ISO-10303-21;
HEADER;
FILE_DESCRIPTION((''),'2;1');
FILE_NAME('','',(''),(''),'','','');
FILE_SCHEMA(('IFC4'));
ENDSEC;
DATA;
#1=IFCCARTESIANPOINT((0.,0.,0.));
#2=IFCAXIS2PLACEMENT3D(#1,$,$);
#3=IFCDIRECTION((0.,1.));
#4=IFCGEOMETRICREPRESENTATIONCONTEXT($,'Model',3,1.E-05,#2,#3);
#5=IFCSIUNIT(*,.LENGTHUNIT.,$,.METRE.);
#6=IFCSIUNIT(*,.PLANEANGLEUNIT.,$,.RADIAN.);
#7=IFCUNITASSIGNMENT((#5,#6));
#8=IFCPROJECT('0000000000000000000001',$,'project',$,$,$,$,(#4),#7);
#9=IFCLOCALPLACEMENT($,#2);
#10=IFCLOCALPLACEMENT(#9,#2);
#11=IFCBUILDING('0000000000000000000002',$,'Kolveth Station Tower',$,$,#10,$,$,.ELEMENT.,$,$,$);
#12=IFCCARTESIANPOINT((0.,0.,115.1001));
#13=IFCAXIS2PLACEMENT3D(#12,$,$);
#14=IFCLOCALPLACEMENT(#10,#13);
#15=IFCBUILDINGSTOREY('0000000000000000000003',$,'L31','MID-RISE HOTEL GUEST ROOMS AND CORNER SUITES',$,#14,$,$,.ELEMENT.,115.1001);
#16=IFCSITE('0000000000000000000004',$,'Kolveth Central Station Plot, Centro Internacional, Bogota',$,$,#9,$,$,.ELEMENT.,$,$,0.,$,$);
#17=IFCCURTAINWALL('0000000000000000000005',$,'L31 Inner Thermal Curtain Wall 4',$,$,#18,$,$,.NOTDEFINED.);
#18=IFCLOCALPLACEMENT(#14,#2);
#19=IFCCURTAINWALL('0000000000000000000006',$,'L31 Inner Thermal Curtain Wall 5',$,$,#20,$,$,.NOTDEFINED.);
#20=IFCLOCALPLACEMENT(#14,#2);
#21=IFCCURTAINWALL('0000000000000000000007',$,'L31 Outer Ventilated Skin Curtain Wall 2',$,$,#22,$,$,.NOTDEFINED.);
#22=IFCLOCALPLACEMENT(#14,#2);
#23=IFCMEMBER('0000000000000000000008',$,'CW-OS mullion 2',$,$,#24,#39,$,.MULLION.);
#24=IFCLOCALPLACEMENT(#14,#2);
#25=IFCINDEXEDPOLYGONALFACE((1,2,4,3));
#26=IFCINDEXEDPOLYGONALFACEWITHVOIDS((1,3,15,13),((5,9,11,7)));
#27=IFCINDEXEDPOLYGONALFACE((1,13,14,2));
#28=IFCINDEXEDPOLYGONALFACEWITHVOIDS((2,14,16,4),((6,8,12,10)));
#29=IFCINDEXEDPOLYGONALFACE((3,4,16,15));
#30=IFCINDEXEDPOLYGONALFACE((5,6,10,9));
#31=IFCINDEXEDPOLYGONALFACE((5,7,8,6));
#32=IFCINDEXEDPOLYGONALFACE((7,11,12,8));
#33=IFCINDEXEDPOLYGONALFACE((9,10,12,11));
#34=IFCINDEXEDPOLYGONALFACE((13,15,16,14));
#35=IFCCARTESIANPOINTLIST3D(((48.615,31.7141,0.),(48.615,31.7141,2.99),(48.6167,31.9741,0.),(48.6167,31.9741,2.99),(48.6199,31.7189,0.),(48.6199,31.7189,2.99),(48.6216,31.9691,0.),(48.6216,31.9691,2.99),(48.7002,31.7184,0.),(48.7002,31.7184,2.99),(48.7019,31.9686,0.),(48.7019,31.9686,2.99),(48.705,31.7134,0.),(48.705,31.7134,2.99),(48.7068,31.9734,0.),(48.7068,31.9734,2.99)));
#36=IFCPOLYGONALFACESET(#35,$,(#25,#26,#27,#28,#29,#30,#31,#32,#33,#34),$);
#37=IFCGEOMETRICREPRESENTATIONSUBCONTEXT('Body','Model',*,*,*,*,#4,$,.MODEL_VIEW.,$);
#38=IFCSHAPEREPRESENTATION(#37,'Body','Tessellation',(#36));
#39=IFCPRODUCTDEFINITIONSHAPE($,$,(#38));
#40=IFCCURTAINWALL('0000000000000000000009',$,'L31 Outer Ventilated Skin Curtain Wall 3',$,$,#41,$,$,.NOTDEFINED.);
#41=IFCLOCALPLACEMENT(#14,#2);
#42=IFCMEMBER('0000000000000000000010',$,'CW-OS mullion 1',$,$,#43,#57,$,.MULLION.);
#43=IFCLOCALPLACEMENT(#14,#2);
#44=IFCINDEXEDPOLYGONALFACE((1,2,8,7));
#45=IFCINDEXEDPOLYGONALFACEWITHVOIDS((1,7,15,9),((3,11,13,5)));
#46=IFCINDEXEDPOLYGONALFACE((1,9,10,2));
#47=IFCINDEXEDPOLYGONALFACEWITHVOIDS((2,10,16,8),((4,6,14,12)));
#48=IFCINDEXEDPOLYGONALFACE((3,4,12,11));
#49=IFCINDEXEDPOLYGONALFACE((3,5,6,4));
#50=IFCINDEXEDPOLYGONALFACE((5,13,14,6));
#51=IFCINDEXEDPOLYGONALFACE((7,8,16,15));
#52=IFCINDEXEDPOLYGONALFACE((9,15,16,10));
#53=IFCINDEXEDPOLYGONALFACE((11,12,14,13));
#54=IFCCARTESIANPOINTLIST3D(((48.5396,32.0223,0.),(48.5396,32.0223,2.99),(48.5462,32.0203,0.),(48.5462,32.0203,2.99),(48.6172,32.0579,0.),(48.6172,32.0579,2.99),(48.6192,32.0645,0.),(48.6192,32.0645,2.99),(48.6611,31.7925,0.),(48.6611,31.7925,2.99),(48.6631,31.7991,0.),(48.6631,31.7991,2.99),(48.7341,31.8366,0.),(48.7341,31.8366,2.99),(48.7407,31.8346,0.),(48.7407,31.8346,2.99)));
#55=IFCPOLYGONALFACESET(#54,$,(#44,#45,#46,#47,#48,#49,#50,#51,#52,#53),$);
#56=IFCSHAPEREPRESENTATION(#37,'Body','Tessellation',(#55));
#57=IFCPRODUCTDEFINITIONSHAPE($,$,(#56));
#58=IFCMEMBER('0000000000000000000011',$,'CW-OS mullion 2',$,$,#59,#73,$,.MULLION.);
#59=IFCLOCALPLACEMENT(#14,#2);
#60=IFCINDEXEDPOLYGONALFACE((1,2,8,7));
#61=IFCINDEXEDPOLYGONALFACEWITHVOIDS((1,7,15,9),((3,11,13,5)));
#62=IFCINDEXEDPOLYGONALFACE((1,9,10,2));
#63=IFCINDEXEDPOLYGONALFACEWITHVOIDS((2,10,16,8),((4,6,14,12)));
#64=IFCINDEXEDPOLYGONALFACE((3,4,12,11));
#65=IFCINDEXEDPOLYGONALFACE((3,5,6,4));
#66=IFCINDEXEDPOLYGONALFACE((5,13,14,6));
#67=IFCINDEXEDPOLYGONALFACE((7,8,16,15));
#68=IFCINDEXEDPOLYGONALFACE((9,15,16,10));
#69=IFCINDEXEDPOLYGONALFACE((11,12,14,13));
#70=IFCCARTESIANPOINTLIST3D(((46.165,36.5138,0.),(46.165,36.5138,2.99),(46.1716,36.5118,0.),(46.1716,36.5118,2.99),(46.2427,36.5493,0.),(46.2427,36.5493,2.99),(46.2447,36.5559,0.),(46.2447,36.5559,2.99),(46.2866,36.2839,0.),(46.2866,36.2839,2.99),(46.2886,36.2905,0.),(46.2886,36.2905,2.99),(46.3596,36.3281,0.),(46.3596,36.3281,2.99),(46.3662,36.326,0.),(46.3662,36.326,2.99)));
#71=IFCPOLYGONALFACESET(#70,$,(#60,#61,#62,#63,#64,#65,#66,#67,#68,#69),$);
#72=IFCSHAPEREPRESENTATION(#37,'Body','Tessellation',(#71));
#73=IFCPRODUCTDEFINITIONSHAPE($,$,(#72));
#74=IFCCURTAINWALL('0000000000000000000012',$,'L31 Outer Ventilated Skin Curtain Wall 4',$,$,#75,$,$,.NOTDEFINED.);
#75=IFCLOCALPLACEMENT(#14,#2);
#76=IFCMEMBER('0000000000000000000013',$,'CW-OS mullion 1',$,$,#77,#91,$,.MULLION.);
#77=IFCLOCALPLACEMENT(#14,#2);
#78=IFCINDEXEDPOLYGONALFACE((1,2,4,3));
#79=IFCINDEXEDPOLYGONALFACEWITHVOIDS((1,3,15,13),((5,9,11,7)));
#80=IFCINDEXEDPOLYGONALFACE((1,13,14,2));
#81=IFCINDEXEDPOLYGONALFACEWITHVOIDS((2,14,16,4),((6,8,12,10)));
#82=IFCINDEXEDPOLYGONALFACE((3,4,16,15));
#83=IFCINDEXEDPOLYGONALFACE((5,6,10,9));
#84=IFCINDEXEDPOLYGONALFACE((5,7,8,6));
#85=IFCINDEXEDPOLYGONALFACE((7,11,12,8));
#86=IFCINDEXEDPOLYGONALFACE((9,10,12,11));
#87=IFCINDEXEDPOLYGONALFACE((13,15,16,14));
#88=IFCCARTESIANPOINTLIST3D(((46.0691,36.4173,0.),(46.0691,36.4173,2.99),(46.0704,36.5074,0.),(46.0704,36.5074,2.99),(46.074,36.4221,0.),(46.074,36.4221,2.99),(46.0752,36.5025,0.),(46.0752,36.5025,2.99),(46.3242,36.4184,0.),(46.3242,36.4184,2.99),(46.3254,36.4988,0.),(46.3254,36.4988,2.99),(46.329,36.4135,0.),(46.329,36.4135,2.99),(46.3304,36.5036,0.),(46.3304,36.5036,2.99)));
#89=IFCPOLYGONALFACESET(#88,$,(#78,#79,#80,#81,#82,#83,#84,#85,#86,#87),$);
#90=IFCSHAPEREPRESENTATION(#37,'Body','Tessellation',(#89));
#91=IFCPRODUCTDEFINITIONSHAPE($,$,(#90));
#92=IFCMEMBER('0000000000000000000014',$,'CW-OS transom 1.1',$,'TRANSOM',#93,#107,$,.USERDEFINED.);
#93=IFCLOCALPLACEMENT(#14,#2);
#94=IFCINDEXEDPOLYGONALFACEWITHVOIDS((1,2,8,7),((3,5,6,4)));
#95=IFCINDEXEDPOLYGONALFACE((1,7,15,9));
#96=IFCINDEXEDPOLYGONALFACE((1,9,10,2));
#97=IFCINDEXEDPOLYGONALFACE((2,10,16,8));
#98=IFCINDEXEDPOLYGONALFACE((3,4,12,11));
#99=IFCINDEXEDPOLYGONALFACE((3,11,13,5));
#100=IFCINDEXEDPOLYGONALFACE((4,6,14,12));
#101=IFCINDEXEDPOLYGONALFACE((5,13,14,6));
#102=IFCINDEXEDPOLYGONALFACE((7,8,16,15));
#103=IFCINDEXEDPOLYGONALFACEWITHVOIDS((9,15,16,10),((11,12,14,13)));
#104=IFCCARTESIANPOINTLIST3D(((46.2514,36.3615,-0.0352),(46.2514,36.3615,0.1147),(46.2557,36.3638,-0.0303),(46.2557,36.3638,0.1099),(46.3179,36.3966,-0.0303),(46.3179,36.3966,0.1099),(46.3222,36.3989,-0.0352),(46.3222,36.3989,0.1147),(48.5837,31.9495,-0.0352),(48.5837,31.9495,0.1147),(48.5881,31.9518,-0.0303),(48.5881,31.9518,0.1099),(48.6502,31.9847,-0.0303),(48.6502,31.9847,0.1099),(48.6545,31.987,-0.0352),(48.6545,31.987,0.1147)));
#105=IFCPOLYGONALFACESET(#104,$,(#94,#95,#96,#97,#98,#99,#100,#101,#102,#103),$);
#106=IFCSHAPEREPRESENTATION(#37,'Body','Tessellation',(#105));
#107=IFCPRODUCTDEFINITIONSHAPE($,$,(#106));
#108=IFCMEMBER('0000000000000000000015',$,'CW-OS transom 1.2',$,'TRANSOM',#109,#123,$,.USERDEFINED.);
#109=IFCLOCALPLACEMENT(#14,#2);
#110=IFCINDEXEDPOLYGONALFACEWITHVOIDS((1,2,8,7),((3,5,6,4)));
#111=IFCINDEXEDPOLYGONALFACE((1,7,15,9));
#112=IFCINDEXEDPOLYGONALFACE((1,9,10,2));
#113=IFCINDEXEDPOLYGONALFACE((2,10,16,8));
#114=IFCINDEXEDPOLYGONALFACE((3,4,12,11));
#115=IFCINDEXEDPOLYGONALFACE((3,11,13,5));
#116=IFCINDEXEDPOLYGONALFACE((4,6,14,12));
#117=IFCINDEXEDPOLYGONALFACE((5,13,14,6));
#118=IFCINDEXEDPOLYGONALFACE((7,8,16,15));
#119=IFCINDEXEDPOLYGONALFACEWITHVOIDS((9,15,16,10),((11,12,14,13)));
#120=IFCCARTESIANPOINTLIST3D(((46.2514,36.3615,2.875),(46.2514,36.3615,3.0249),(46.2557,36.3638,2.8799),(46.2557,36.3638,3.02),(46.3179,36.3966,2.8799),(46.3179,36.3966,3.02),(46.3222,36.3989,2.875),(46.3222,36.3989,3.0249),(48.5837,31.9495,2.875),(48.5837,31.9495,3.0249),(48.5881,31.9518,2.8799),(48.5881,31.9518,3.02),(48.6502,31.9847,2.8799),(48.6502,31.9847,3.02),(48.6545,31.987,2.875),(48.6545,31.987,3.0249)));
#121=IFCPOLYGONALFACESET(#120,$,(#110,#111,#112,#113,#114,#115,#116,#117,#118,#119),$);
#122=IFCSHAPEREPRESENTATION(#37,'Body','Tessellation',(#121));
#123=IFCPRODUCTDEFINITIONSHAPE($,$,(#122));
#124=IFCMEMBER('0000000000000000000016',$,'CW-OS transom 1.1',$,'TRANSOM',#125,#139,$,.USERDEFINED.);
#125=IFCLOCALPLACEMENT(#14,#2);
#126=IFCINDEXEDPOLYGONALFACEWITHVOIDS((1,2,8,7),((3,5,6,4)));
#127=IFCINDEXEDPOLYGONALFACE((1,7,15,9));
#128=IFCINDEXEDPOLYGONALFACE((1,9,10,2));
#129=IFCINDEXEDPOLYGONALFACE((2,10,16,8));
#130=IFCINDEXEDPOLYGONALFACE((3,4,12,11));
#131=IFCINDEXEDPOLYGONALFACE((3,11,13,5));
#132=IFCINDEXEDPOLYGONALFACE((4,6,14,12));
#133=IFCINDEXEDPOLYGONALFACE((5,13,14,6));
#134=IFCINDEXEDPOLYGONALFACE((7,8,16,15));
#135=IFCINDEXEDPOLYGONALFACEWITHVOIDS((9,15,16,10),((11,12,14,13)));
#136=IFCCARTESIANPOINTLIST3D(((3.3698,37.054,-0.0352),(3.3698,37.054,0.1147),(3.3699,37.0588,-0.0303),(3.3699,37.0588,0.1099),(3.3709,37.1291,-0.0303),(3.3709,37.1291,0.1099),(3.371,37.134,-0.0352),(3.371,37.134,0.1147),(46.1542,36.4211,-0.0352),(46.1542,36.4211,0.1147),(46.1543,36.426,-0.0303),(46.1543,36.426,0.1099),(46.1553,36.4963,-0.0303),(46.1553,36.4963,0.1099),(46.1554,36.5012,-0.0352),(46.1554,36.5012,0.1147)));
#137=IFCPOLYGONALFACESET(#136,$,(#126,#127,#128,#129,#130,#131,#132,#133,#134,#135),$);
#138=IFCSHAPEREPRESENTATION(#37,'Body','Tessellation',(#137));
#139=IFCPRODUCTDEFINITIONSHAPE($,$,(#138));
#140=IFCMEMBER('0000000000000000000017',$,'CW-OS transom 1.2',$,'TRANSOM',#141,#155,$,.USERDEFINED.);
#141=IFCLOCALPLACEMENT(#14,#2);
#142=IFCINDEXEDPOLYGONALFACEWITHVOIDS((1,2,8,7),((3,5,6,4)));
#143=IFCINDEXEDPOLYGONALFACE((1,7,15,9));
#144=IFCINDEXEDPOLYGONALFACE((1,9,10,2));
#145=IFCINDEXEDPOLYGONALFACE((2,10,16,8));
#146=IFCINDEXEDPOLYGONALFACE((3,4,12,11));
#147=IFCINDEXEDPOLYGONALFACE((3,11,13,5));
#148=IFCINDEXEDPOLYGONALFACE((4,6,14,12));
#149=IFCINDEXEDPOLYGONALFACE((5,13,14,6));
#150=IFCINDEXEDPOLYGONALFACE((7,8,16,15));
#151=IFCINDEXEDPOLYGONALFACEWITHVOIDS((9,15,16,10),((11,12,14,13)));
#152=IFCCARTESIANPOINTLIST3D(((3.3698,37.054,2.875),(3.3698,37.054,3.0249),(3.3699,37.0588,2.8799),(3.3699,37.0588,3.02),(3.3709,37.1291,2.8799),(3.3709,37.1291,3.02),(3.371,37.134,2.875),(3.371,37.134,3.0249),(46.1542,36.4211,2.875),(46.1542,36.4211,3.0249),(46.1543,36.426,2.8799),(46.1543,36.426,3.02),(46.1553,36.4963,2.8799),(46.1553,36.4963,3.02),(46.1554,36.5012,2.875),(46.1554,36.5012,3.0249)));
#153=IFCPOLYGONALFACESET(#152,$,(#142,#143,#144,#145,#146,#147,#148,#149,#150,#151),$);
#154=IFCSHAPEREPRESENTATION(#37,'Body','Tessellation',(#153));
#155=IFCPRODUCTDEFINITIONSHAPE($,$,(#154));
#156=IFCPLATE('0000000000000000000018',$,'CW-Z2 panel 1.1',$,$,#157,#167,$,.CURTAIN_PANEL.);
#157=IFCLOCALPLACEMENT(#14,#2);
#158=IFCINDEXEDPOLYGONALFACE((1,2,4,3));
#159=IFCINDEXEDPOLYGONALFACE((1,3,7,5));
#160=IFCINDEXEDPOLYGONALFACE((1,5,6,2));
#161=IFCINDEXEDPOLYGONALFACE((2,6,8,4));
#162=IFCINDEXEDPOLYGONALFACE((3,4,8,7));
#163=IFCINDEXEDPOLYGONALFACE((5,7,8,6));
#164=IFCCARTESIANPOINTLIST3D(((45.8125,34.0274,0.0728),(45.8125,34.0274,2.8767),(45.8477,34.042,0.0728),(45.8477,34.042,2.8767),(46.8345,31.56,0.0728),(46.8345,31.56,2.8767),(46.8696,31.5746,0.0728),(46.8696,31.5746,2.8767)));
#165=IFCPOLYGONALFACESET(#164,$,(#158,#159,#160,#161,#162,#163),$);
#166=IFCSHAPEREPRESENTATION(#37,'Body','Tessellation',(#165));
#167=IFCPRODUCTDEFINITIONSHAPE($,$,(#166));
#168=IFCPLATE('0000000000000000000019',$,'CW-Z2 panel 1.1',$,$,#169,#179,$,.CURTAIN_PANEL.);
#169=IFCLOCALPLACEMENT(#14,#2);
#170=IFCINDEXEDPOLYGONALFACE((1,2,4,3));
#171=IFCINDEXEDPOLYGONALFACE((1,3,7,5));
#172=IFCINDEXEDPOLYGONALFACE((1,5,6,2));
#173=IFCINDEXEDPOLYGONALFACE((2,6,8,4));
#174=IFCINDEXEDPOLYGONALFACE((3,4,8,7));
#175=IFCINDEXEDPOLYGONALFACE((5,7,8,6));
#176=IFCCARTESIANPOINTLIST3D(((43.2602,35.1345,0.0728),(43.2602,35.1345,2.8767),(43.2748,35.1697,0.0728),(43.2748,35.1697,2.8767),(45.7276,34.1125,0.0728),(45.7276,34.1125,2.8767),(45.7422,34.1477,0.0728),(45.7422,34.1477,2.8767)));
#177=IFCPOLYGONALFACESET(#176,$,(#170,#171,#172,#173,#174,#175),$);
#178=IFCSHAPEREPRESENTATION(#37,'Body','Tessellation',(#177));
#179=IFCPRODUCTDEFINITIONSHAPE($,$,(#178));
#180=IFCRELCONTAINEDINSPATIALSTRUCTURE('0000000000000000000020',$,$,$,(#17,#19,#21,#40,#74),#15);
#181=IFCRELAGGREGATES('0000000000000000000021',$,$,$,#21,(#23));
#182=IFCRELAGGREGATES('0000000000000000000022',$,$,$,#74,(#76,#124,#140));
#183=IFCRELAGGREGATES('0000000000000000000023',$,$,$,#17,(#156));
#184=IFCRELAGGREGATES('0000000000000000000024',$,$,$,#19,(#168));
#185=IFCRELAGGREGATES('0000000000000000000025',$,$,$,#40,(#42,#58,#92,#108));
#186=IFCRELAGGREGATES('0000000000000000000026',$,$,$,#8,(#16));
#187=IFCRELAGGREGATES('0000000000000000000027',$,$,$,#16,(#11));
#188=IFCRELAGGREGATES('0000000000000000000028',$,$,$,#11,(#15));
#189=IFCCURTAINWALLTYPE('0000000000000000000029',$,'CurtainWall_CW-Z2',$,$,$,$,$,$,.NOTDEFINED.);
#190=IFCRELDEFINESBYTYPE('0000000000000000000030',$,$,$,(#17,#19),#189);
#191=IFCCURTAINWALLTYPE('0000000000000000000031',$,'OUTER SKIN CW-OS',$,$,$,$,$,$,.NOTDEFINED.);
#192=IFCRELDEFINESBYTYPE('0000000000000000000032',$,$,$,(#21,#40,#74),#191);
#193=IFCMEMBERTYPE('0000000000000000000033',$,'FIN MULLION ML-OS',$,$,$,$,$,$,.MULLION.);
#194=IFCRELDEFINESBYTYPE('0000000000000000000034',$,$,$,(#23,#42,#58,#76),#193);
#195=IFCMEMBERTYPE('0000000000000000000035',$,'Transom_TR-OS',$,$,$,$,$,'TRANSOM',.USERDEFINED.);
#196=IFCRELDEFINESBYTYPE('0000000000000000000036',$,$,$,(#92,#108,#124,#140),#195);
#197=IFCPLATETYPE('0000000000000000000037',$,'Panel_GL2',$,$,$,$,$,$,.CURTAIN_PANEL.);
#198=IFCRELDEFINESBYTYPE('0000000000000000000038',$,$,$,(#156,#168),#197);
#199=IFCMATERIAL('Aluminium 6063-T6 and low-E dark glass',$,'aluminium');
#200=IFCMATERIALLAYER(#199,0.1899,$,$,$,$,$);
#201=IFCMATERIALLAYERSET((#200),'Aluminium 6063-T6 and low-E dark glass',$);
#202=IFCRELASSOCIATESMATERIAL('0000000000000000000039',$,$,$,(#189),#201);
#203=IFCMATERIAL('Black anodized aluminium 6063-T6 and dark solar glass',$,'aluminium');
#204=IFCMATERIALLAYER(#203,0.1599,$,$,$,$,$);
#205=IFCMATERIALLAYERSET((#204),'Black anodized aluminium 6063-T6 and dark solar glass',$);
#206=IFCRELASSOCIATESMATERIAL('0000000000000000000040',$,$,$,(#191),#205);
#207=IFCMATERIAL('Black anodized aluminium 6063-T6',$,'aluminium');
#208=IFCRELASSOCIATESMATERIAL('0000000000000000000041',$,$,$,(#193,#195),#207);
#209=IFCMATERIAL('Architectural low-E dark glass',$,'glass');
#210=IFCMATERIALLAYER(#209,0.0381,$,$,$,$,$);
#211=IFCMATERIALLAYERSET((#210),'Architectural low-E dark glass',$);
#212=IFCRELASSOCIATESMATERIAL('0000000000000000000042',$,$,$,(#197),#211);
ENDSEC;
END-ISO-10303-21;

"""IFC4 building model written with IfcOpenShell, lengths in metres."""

from ifc_helpers import new_model, si_unit, direction, frame, origin, origin_2d, place, context, subcontext, project, spatial, rectangle, hollow_rectangle, extrude, source, transform, mapped, material, layer, layer_set, material_profile, profile_set, type_object, element, aggregate, save


model = new_model("IFC4")

# Units and contexts
model_context = context("Model", 3, precision=1e-05, world=origin(), true_north=direction((0.0, 1.0)))
body_context = subcontext(model_context, "Body", "Model", "MODEL_VIEW")
ifc_project = project(units=[si_unit("LENGTHUNIT", "METRE"), si_unit("PLANEANGLEUNIT", "RADIAN")], contexts=[model_context])

# Site, building, storey
site_placement = place(None, origin())
site = spatial("IfcSite", under=ifc_project, at=site_placement, Name="Kolveth Central Station Plot, Centro Internacional, Bogota", CompositionType="ELEMENT", RefElevation=0.0)
building_placement = place(site_placement, origin())
building = spatial("IfcBuilding", under=site, at=building_placement, Name="Kolveth Station Tower", CompositionType="ELEMENT")
storey_placement = place(building_placement, frame((0.0, 0.0, 115.1001)))
storey = spatial("IfcBuildingStorey", under=building, at=storey_placement, Name="L31", Description="MID-RISE HOTEL GUEST ROOMS AND CORNER SUITES", CompositionType="ELEMENT", Elevation=115.1001)

# Curtain wall
ifc_material_1 = material(Name="Aluminium 6063-T6 and low-E dark glass", Category="aluminium")
ifc_layer_1 = layer(ifc_material_1, 0.1899)
ifc_layer_set_1 = layer_set([ifc_layer_1], Name="Aluminium 6063-T6 and low-E dark glass")
curtain_wall_type_1 = type_object("IfcCurtainWallType", Name="CurtainWall_CW-Z2", PredefinedType="NOTDEFINED", material=ifc_layer_set_1)
curtain_wall_1_placement = place(storey_placement, origin())
curtain_wall_1 = element("IfcCurtainWall", 1, at=curtain_wall_1_placement, inside=storey, type_object=curtain_wall_type_1, Name="L31 Inner Thermal Curtain Wall 4", PredefinedType="NOTDEFINED")
ifc_material_2 = material(Name="Black anodized aluminium 6063-T6", Category="aluminium")

# Curtain wall
curtain_wall_2_placement = place(storey_placement, origin())
curtain_wall_2 = element("IfcCurtainWall", 2, at=curtain_wall_2_placement, inside=storey, type_object=curtain_wall_type_1, Name="L31 Inner Thermal Curtain Wall 5", PredefinedType="NOTDEFINED")

# Curtain wall, member
ifc_material_3 = material(Name="Black anodized aluminium 6063-T6 and dark solar glass", Category="aluminium")
ifc_layer_2 = layer(ifc_material_3, 0.1599)
ifc_layer_set_2 = layer_set([ifc_layer_2], Name="Black anodized aluminium 6063-T6 and dark solar glass")
curtain_wall_type_2 = type_object("IfcCurtainWallType", Name="OUTER SKIN CW-OS", PredefinedType="NOTDEFINED", material=ifc_layer_set_2)
curtain_wall_3_placement = place(storey_placement, origin())
curtain_wall_3 = element("IfcCurtainWall", 3, at=curtain_wall_3_placement, inside=storey, type_object=curtain_wall_type_2, Name="L31 Outer Ventilated Skin Curtain Wall 2", PredefinedType="NOTDEFINED")
ifc_material_profile_1 = material_profile(ifc_material_2, hollow_rectangle(XDim=0.0901, YDim=0.26, WallThickness=0.0049, at=origin_2d()), Name="ALU-90x260x5")
ifc_profile_set_1 = profile_set([ifc_material_profile_1], Name="Black anodized aluminium 6063-T6")
member_type_1 = type_object("IfcMemberType", Name="FIN MULLION ML-OS", PredefinedType="MULLION", material=ifc_profile_set_1)
shared_shape_1 = source(origin(), body_context, "Body", "SweptSolid", [
    extrude(hollow_rectangle(XDim=0.0901, YDim=0.26, WallThickness=0.0049, at=origin_2d()), origin(), (0.0, 0.0, 1.0), 2.99),
])
member_1_placement = place(storey_placement, frame((48.6609, 31.8438, 0.0), z_axis=(0.0, 0.0, 1.0), x_axis=(-0.999977, 0.006794, 0.0)))
member_1 = element("IfcMember", 4, at=member_1_placement, type_object=member_type_1, Name="CW-OS mullion 2", PredefinedType="MULLION", context=body_context, shape_type="MappedRepresentation", body=[
    mapped(shared_shape_1, transform((0.0, 0.0, 0.0), x_axis=(1.0, 0.0, 0.0), y_axis=(0.0, 1.0, 0.0), z_axis=(0.0, 0.0, 1.0), scale=1.0)),
])
aggregate(curtain_wall_3, [member_1])

# Curtain wall, members
curtain_wall_4_placement = place(storey_placement, origin())
curtain_wall_4 = element("IfcCurtainWall", 5, at=curtain_wall_4_placement, inside=storey, type_object=curtain_wall_type_2, Name="L31 Outer Ventilated Skin Curtain Wall 3", PredefinedType="NOTDEFINED")
member_2_placement = place(storey_placement, frame((48.6401, 31.9285, 0.0), z_axis=(0.0, 0.0, 1.0), x_axis=(-0.884075, -0.467345, 0.0)))
member_2 = element("IfcMember", 6, at=member_2_placement, type_object=member_type_1, Name="CW-OS mullion 1", PredefinedType="MULLION", context=body_context, shape_type="MappedRepresentation", body=[
    mapped(shared_shape_1, transform((0.0, 0.0, 0.0), x_axis=(1.0, 0.0, 0.0), y_axis=(0.0, 1.0, 0.0), z_axis=(0.0, 0.0, 1.0), scale=1.0)),
])
member_3_placement = place(storey_placement, frame((46.2656, 36.4199, 0.0), z_axis=(0.0, 0.0, 1.0), x_axis=(-0.884075, -0.467345, 0.0)))
member_3 = element("IfcMember", 7, at=member_3_placement, type_object=member_type_1, Name="CW-OS mullion 2", PredefinedType="MULLION", context=body_context, shape_type="MappedRepresentation", body=[
    mapped(shared_shape_1, transform((0.0, 0.0, 0.0), x_axis=(1.0, 0.0, 0.0), y_axis=(0.0, 1.0, 0.0), z_axis=(0.0, 0.0, 1.0), scale=1.0)),
])

# Curtain wall, member
curtain_wall_5_placement = place(storey_placement, origin())
curtain_wall_5 = element("IfcCurtainWall", 8, at=curtain_wall_5_placement, inside=storey, type_object=curtain_wall_type_2, Name="L31 Outer Ventilated Skin Curtain Wall 4", PredefinedType="NOTDEFINED")
member_4_placement = place(storey_placement, frame((46.1997, 36.4604, 0.0), z_axis=(0.0, 0.0, 1.0), x_axis=(-0.01479, -0.999891, 0.0)))
member_4 = element("IfcMember", 9, at=member_4_placement, type_object=member_type_1, Name="CW-OS mullion 1", PredefinedType="MULLION", context=body_context, shape_type="MappedRepresentation", body=[
    mapped(shared_shape_1, transform((0.0, 0.0, 0.0), x_axis=(1.0, 0.0, 0.0), y_axis=(0.0, 1.0, 0.0), z_axis=(0.0, 0.0, 1.0), scale=1.0)),
])

# Members
ifc_material_profile_2 = material_profile(ifc_material_2, hollow_rectangle(XDim=0.0801, YDim=0.1499, WallThickness=0.0049, at=origin_2d()), Name="ALU-80x150x5")
ifc_profile_set_2 = profile_set([ifc_material_profile_2], Name="Black anodized aluminium 6063-T6")
member_type_2 = type_object("IfcMemberType", Name="Transom_TR-OS", ElementType="TRANSOM", PredefinedType="USERDEFINED", material=ifc_profile_set_2)
shared_shape_2 = source(origin(), body_context, "Body", "SweptSolid", [
    extrude(hollow_rectangle(XDim=0.0801, YDim=0.1499, WallThickness=0.0049, at=origin_2d()), origin(), (0.0, 0.0, 1.0), 4.9905),
])
member_5_placement = place(storey_placement, frame((48.6191, 31.9683, 0.0398), z_axis=(-0.467353, 0.884071, 0.0), x_axis=(-0.884071, -0.467353, 0.0)))
member_5 = element("IfcMember", 10, at=member_5_placement, type_object=member_type_2, Name="CW-OS transom 1.1", ObjectType="TRANSOM", PredefinedType="USERDEFINED", context=body_context, shape_type="MappedRepresentation", body=[
    mapped(shared_shape_2, transform((0.0, 0.0, 0.0), x_axis=(1.0, 0.0, 0.0), y_axis=(0.0, 1.0, 0.0), z_axis=(0.0, 0.0, 1.0), scale=1.0)),
])
member_6_placement = place(storey_placement, frame((48.6191, 31.9683, 2.95), z_axis=(-0.467353, 0.884071, 0.0), x_axis=(-0.884071, -0.467353, 0.0)))
member_6 = element("IfcMember", 11, at=member_6_placement, type_object=member_type_2, Name="CW-OS transom 1.2", ObjectType="TRANSOM", PredefinedType="USERDEFINED", context=body_context, shape_type="MappedRepresentation", body=[
    mapped(shared_shape_2, transform((0.0, 0.0, 0.0), x_axis=(1.0, 0.0, 0.0), y_axis=(0.0, 1.0, 0.0), z_axis=(0.0, 0.0, 1.0), scale=1.0)),
])
shared_shape_3 = source(origin(), body_context, "Body", "SweptSolid", [
    extrude(hollow_rectangle(XDim=0.0801, YDim=0.1499, WallThickness=0.0049, at=origin_2d()), origin(), (0.0, 0.0, 1.0), 42.7891),
])
member_7_placement = place(storey_placement, frame((46.1548, 36.4612, 0.0398), z_axis=(-0.999891, 0.014789, 0.0), x_axis=(-0.014789, -0.999891, 0.0)))
member_7 = element("IfcMember", 12, at=member_7_placement, type_object=member_type_2, Name="CW-OS transom 1.1", ObjectType="TRANSOM", PredefinedType="USERDEFINED", context=body_context, shape_type="MappedRepresentation", body=[
    mapped(shared_shape_3, transform((0.0, 0.0, 0.0), x_axis=(1.0, 0.0, 0.0), y_axis=(0.0, 1.0, 0.0), z_axis=(0.0, 0.0, 1.0), scale=1.0)),
])
member_8_placement = place(storey_placement, frame((46.1548, 36.4612, 2.95), z_axis=(-0.999891, 0.014789, 0.0), x_axis=(-0.014789, -0.999891, 0.0)))
member_8 = element("IfcMember", 13, at=member_8_placement, type_object=member_type_2, Name="CW-OS transom 1.2", ObjectType="TRANSOM", PredefinedType="USERDEFINED", context=body_context, shape_type="MappedRepresentation", body=[
    mapped(shared_shape_3, transform((0.0, 0.0, 0.0), x_axis=(1.0, 0.0, 0.0), y_axis=(0.0, 1.0, 0.0), z_axis=(0.0, 0.0, 1.0), scale=1.0)),
])
aggregate(curtain_wall_5, [member_4, member_7, member_8])

# Plates
ifc_material_4 = material(Name="Architectural low-E dark glass", Category="glass")
ifc_layer_3 = layer(ifc_material_4, 0.0381)
ifc_layer_set_3 = layer_set([ifc_layer_3], Name="Architectural low-E dark glass")
plate_type_1 = type_object("IfcPlateType", Name="Panel_GL2", PredefinedType="CURTAIN_PANEL", material=ifc_layer_set_3)
shared_shape_4 = source(origin(), body_context, "Body", "SweptSolid", [
    extrude(rectangle(XDim=2.6707, YDim=0.0381, at=origin_2d()), origin(), (0.0, 0.0, 1.0), 2.804),
])
plate_1_placement = place(storey_placement, frame((46.3411, 32.801, 0.0728), z_axis=(0.0, 0.0, 1.0), x_axis=(-0.382663, 0.923888, 0.0)))
plate_1 = element("IfcPlate", 14, at=plate_1_placement, type_object=plate_type_1, Name="CW-Z2 panel 1.1", PredefinedType="CURTAIN_PANEL", context=body_context, shape_type="MappedRepresentation", body=[
    mapped(shared_shape_4, transform((0.0, 0.0, 0.0), x_axis=(1.0, 0.0, 0.0), y_axis=(0.0, 1.0, 0.0), z_axis=(0.0, 0.0, 1.0), scale=1.0)),
])
aggregate(curtain_wall_1, [plate_1])
plate_2_placement = place(storey_placement, frame((44.5012, 34.6411, 0.0728), z_axis=(0.0, 0.0, 1.0), x_axis=(-0.923888, 0.382663, 0.0)))
plate_2 = element("IfcPlate", 15, at=plate_2_placement, type_object=plate_type_1, Name="CW-Z2 panel 1.1", PredefinedType="CURTAIN_PANEL", context=body_context, shape_type="MappedRepresentation", body=[
    mapped(shared_shape_4, transform((0.0, 0.0, 0.0), x_axis=(1.0, 0.0, 0.0), y_axis=(0.0, 1.0, 0.0), z_axis=(0.0, 0.0, 1.0), scale=1.0)),
])
aggregate(curtain_wall_2, [plate_2])
aggregate(curtain_wall_4, [member_2, member_3, member_5, member_6])

save(model, "model.ifc")
